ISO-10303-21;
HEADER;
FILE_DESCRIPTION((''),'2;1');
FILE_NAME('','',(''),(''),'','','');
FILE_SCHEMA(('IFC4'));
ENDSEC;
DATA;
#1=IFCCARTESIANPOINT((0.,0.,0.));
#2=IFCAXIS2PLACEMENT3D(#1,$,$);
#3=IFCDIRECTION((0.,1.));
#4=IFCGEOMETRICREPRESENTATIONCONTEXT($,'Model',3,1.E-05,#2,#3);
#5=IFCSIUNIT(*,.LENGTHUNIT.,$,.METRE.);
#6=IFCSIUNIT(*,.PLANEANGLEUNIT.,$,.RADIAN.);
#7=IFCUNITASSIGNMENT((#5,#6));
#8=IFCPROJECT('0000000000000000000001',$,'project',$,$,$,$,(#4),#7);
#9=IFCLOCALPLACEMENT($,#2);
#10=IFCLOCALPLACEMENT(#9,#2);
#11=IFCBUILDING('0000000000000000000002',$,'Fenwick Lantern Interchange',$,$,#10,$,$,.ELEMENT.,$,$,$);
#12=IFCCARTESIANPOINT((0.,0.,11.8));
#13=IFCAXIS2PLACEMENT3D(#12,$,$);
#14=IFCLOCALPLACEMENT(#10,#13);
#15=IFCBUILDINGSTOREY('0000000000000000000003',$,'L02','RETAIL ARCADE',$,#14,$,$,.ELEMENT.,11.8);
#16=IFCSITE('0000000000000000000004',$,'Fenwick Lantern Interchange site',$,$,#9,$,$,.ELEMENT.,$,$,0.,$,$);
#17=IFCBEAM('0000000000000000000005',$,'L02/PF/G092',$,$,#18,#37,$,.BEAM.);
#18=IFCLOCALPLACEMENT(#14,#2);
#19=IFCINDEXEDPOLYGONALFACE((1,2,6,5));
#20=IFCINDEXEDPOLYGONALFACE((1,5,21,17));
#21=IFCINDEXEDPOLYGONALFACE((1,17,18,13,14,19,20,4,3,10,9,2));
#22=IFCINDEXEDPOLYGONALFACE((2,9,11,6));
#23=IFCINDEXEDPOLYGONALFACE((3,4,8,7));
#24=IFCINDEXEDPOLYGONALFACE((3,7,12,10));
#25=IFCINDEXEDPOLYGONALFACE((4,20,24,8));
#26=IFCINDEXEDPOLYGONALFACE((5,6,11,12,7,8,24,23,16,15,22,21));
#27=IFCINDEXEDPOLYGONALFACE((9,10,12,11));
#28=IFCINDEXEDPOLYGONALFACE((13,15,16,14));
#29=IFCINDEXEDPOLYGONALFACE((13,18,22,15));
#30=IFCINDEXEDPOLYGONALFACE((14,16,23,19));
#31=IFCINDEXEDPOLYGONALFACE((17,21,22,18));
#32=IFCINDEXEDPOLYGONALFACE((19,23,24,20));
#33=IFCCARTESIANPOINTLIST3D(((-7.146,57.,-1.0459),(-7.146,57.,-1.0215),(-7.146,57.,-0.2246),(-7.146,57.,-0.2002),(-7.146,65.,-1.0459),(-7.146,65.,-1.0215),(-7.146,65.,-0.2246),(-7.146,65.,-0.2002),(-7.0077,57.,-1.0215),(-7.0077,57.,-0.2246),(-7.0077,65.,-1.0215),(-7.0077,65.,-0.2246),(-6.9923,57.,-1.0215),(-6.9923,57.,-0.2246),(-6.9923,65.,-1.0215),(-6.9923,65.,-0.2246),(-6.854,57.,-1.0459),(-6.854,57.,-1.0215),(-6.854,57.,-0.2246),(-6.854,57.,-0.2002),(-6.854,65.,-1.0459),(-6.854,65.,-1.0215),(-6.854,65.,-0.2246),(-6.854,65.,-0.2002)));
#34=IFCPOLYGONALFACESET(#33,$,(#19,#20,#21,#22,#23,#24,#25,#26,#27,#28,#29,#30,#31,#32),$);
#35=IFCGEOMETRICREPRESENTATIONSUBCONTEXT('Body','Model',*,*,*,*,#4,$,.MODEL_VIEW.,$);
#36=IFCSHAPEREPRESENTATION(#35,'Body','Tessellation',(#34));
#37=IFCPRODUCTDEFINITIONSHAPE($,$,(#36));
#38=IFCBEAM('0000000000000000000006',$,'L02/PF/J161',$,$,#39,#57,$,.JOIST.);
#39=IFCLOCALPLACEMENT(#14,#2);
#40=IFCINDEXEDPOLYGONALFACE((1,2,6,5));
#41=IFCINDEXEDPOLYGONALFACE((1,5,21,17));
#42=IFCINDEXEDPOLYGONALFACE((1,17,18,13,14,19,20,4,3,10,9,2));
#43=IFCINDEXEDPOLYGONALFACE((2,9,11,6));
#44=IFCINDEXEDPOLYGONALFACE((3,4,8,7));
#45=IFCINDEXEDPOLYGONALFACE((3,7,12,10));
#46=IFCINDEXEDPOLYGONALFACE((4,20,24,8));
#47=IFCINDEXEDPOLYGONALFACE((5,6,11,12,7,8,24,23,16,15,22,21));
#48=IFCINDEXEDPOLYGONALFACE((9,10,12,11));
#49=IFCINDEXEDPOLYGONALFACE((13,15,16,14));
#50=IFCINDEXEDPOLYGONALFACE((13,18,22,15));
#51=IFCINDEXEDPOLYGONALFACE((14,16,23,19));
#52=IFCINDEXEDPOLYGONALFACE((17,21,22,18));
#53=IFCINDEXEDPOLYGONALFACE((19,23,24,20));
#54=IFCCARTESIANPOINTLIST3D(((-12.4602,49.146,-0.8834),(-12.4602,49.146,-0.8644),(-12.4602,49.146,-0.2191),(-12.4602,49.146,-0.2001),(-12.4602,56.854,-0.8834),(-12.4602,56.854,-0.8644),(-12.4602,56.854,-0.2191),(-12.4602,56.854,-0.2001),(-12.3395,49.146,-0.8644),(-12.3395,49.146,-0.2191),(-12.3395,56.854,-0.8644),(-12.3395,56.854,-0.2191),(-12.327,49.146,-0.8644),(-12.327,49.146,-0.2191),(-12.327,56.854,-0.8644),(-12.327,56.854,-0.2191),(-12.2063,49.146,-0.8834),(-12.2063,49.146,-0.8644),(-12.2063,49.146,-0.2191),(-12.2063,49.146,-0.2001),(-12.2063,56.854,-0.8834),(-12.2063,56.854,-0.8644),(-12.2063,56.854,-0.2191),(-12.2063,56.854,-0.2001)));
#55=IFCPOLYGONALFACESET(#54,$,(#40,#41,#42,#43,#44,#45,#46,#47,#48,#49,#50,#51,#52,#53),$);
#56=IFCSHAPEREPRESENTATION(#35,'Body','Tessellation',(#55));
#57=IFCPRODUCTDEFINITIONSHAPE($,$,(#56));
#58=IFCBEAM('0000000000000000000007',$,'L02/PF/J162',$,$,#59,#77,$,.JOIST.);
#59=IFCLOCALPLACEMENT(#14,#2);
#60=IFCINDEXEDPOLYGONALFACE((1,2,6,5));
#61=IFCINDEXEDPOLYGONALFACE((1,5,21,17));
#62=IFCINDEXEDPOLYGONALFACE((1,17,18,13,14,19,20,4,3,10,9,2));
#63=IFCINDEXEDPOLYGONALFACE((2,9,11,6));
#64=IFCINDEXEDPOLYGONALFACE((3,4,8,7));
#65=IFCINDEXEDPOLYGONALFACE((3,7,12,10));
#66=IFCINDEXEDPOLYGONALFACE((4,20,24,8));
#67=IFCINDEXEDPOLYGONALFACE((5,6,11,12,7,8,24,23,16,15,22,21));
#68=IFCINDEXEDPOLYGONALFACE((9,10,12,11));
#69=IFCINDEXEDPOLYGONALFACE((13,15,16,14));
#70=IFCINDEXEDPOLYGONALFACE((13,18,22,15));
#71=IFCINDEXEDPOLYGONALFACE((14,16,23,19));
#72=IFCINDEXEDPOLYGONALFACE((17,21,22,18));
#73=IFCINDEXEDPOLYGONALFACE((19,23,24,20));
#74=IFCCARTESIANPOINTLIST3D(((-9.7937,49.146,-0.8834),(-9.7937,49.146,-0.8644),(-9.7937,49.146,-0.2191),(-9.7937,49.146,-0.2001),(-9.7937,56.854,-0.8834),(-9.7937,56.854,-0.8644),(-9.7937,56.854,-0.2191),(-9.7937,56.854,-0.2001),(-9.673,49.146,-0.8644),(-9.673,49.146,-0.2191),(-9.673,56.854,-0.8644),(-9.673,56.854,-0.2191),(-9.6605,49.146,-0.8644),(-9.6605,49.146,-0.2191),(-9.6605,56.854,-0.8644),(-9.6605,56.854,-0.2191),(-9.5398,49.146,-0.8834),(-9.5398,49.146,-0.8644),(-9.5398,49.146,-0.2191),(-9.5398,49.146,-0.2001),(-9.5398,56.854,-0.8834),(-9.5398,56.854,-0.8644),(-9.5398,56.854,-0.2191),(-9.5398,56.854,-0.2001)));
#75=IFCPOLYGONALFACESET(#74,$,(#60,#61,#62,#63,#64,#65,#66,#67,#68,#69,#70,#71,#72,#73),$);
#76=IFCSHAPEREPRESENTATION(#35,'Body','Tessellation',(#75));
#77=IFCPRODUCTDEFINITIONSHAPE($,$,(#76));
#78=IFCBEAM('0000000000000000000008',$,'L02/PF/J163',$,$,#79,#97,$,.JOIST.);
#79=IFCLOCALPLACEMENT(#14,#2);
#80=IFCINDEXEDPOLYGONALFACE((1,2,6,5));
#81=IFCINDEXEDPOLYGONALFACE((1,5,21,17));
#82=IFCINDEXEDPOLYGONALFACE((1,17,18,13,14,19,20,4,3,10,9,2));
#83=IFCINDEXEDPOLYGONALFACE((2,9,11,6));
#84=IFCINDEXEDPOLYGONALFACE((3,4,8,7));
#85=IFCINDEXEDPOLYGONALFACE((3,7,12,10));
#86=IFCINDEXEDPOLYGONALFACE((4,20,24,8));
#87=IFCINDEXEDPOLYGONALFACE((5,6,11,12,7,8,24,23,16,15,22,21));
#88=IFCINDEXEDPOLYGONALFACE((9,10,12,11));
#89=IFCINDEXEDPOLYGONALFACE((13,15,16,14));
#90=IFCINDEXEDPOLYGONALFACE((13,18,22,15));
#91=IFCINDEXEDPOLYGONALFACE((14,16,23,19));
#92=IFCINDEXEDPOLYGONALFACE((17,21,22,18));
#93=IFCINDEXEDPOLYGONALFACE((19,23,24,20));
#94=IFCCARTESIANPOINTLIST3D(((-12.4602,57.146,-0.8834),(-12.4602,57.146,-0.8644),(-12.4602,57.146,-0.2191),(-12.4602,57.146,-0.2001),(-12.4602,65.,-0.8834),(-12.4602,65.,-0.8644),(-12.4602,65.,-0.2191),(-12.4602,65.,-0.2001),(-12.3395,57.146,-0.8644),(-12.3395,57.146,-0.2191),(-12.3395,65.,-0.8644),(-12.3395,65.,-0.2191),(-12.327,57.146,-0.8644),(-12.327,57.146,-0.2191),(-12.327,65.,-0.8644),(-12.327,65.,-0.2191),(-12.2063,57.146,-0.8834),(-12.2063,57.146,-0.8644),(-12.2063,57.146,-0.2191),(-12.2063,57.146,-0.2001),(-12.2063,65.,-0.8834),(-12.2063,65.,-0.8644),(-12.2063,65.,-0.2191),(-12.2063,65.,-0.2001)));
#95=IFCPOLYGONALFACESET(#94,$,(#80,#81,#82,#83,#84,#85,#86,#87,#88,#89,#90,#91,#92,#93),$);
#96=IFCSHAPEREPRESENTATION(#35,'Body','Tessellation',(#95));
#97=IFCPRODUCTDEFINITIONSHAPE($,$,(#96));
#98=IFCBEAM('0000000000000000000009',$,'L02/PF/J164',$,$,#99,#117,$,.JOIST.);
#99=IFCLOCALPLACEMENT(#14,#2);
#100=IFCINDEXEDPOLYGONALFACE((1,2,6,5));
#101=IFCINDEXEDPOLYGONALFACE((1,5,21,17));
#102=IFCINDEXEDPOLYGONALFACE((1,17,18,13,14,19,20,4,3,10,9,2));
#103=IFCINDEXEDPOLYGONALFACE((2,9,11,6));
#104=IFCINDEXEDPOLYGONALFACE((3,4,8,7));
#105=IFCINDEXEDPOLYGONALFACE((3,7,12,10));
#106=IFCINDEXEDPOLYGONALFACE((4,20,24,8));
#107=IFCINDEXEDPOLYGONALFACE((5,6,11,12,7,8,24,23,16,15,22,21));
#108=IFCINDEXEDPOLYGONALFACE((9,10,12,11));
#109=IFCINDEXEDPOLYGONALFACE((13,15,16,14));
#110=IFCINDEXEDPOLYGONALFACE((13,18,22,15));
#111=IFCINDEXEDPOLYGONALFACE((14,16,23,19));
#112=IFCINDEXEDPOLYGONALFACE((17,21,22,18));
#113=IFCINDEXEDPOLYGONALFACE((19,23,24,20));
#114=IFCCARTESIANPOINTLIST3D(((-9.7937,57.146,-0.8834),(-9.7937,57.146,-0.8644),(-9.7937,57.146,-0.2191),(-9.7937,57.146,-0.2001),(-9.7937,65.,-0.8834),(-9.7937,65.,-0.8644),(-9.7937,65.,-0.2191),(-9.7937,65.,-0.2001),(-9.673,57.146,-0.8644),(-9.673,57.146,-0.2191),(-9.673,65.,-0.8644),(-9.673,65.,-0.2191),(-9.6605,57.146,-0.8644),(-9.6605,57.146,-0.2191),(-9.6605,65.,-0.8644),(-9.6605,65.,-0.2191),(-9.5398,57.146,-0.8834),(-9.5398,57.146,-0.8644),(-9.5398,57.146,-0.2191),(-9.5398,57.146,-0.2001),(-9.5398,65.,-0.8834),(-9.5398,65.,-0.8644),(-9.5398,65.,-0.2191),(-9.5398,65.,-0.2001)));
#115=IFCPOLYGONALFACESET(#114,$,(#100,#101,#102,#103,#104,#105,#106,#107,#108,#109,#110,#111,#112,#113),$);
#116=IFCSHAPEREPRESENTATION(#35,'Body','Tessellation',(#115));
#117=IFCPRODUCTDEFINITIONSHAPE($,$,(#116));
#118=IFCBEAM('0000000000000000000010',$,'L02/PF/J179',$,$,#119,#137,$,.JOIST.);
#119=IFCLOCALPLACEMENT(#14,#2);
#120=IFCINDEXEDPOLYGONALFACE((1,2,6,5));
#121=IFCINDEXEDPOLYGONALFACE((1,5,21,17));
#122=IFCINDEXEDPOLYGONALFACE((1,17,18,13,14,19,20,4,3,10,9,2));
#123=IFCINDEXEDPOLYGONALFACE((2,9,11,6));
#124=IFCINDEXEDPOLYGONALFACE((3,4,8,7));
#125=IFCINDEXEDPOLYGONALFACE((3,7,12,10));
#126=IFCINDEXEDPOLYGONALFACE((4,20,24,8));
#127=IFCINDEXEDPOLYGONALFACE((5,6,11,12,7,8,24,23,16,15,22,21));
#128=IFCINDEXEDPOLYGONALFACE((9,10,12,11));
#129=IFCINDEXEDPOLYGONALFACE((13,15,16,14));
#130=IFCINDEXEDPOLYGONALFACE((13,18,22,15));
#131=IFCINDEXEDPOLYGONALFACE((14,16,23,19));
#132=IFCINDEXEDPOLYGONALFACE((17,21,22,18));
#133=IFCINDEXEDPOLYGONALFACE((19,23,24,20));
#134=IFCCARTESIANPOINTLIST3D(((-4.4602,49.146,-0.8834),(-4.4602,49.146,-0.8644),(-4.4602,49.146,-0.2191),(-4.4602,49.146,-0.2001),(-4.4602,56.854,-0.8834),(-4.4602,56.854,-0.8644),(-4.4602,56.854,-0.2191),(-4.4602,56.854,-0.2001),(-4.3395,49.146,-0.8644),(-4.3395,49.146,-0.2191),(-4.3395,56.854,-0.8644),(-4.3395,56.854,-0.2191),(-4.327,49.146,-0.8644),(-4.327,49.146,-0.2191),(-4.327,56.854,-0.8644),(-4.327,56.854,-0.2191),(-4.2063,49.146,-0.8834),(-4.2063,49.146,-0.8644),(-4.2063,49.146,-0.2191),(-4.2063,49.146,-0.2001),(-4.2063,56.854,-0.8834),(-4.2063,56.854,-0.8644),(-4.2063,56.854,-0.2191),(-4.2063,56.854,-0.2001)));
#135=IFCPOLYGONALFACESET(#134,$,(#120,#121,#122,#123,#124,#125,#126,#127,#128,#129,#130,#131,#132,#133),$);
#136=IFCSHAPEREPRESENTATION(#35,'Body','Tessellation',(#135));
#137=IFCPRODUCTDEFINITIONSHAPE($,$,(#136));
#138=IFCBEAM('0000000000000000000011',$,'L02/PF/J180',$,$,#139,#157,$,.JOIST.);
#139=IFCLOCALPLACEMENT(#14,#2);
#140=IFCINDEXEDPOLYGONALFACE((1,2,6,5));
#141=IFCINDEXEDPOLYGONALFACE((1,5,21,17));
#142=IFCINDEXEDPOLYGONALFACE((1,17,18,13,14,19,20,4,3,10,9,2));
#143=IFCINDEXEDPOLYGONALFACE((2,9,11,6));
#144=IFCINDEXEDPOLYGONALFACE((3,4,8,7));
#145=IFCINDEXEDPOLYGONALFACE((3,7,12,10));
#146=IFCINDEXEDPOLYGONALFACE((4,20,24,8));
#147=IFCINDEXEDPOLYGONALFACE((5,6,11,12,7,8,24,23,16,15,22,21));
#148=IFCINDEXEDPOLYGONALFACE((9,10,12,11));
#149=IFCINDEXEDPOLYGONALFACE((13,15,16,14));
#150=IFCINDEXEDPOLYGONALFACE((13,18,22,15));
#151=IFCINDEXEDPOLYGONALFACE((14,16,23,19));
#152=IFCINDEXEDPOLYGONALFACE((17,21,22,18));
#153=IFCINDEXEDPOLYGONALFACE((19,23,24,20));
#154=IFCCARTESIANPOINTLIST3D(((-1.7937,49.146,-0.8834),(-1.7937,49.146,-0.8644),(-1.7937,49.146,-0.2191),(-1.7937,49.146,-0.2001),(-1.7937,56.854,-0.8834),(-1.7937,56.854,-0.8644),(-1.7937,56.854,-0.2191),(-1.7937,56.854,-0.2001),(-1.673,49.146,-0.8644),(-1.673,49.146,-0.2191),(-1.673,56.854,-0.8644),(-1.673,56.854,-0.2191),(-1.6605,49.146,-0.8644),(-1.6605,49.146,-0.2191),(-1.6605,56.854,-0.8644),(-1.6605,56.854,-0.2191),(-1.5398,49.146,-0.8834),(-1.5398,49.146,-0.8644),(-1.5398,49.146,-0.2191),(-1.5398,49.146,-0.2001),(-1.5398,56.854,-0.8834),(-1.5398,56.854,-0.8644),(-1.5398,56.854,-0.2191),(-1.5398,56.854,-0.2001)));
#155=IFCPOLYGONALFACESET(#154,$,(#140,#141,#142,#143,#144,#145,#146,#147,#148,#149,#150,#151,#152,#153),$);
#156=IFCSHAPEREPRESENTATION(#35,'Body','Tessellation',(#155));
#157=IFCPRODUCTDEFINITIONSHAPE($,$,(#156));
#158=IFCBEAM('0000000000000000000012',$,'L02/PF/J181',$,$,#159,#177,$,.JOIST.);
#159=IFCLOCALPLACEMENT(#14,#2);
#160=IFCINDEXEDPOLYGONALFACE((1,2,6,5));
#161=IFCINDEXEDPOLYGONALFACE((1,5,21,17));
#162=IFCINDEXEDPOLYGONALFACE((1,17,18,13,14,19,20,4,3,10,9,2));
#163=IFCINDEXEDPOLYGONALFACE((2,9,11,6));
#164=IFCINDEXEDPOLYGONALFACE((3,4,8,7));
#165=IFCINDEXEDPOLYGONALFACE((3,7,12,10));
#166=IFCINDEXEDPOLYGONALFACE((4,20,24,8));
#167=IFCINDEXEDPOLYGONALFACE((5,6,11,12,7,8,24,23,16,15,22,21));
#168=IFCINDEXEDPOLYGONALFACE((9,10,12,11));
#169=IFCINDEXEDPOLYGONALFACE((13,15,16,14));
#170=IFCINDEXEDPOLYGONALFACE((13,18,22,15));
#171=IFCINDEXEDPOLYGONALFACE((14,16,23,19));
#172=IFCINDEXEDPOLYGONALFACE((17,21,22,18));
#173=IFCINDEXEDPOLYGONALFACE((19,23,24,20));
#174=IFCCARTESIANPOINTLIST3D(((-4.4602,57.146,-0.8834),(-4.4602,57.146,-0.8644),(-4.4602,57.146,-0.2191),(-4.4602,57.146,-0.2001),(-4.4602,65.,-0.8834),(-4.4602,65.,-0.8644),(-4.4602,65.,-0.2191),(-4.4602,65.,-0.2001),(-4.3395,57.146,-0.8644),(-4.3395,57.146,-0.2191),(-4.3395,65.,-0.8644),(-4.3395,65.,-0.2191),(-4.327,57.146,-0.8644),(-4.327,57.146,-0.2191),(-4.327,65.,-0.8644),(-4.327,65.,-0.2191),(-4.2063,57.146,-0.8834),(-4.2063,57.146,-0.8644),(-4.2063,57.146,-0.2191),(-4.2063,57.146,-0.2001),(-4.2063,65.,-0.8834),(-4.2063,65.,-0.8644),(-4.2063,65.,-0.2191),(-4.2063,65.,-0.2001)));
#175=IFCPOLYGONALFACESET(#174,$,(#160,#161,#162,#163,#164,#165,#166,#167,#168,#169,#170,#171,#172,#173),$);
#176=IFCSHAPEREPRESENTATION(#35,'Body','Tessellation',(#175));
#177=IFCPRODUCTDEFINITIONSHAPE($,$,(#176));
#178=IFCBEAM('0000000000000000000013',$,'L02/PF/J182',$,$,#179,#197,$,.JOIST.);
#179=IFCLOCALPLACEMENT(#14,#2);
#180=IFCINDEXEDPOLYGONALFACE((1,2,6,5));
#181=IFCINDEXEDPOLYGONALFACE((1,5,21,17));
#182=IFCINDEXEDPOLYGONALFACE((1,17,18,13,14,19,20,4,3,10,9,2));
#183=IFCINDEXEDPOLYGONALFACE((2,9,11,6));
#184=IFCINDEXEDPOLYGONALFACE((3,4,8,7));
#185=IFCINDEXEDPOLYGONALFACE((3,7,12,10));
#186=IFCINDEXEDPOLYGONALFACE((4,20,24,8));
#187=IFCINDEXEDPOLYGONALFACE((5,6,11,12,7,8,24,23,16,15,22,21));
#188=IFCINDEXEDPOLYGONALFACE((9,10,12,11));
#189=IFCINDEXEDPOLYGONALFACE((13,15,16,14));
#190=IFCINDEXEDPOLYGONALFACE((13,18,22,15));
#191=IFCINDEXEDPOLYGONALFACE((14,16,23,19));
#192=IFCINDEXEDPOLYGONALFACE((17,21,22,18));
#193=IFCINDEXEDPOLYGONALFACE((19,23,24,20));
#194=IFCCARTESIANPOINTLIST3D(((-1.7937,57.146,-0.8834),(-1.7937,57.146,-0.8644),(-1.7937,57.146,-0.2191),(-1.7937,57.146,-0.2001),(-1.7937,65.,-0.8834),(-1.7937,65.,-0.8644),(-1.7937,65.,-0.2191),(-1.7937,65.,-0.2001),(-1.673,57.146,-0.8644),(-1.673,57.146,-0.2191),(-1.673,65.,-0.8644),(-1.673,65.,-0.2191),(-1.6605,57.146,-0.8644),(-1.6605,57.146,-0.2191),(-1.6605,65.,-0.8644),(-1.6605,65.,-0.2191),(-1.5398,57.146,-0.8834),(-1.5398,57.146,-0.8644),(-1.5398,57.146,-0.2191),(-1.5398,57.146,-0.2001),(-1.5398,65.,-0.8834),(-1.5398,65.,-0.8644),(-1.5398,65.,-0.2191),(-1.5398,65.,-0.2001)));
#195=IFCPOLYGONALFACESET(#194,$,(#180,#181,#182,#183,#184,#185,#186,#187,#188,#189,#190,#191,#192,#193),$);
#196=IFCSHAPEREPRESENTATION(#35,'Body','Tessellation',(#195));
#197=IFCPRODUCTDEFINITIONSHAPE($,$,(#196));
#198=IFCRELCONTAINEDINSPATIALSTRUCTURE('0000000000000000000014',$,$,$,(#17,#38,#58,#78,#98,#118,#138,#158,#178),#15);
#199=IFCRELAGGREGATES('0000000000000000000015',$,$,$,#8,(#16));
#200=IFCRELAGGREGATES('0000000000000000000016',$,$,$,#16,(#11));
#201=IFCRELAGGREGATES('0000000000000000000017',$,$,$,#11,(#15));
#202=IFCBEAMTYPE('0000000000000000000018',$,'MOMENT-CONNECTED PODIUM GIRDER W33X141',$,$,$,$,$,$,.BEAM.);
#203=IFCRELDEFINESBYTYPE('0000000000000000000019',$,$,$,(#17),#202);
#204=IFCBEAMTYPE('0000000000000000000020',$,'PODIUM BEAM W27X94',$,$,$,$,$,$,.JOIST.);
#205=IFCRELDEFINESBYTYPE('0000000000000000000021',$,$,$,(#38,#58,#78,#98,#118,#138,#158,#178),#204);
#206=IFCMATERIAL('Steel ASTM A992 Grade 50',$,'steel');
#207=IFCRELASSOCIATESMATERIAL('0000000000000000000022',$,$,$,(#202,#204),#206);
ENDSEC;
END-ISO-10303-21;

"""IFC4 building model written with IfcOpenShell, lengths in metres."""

from ifc_helpers import new_model, si_unit, direction, frame, origin, origin_2d, place, context, subcontext, project, spatial, i_section, extrude, material, material_profile, profile_set, type_object, element, save


model = new_model("IFC4")

# Units and contexts
model_context = context("Model", 3, precision=1e-05, world=origin(), true_north=direction((0.0, 1.0)))
body_context = subcontext(model_context, "Body", "Model", "MODEL_VIEW")
ifc_project = project(units=[si_unit("LENGTHUNIT", "METRE"), si_unit("PLANEANGLEUNIT", "RADIAN")], contexts=[model_context])

# Site, building, storey
site_placement = place(None, origin())
site = spatial("IfcSite", under=ifc_project, at=site_placement, Name="Fenwick Lantern Interchange site", CompositionType="ELEMENT", RefElevation=0.0)
building_placement = place(site_placement, origin())
building = spatial("IfcBuilding", under=site, at=building_placement, Name="Fenwick Lantern Interchange", CompositionType="ELEMENT")
storey_placement = place(building_placement, frame((0.0, 0.0, 11.8)))
storey = spatial("IfcBuildingStorey", under=building, at=storey_placement, Name="L02", Description="RETAIL ARCADE", CompositionType="ELEMENT", Elevation=11.8)

# Shared definitions
ifc_material_1 = material(Name="Steel ASTM A992 Grade 50", Category="steel")

# Beams
ifc_material_profile_1 = material_profile(ifc_material_1, i_section(OverallWidth=0.292, OverallDepth=0.8457, WebThickness=0.0154, FlangeThickness=0.0244, at=origin_2d()), Name="W33X141")
ifc_profile_set_1 = profile_set([ifc_material_profile_1], Name="Steel ASTM A992 Grade 50")
beam_type_1 = type_object("IfcBeamType", Name="MOMENT-CONNECTED PODIUM GIRDER W33X141", PredefinedType="BEAM", material=ifc_profile_set_1)
for number, where, z_axis, x_axis, name in (
    (1, (-7.0, 57.0, -0.623), (0.0, 1.0, 0.0), (-1.0, 0.0, 0.0), "L02/PF/G092"),
):
    element("IfcBeam", number, at=place(storey_placement, frame(where, z_axis=z_axis, x_axis=x_axis)), inside=storey, type_object=beam_type_1, Name=name, PredefinedType="BEAM", context=body_context, shape_type="SweptSolid", body=[
        extrude(i_section(OverallWidth=0.292, OverallDepth=0.8457, WebThickness=0.0154, FlangeThickness=0.0244, at=origin_2d()), origin(), (0.0, 0.0, 1.0), 8.0),
    ])
ifc_material_profile_2 = material_profile(ifc_material_1, i_section(OverallWidth=0.2539, OverallDepth=0.6833, WebThickness=0.0125, FlangeThickness=0.019, at=origin_2d()), Name="W27X94")
ifc_profile_set_2 = profile_set([ifc_material_profile_2], Name="Steel ASTM A992 Grade 50")
beam_type_2 = type_object("IfcBeamType", Name="PODIUM BEAM W27X94", PredefinedType="JOIST", material=ifc_profile_set_2)
for number, where, z_axis, x_axis, name in (
    (2, (-12.3333, 49.146, -0.5417), (0.0, 1.0, 0.0), (-1.0, 0.0, 0.0), "L02/PF/J161"),
    (3, (-9.6667, 49.146, -0.5417), (0.0, 1.0, 0.0), (-1.0, 0.0, 0.0), "L02/PF/J162"),
):
    element("IfcBeam", number, at=place(storey_placement, frame(where, z_axis=z_axis, x_axis=x_axis)), inside=storey, type_object=beam_type_2, Name=name, PredefinedType="JOIST", context=body_context, shape_type="SweptSolid", body=[
        extrude(i_section(OverallWidth=0.2539, OverallDepth=0.6833, WebThickness=0.0125, FlangeThickness=0.019, at=origin_2d()), origin(), (0.0, 0.0, 1.0), 7.708),
    ])
for number, where, z_axis, x_axis, name in (
    (4, (-12.3333, 57.146, -0.5417), (0.0, 1.0, 0.0), (-1.0, 0.0, 0.0), "L02/PF/J163"),
    (5, (-9.6667, 57.146, -0.5417), (0.0, 1.0, 0.0), (-1.0, 0.0, 0.0), "L02/PF/J164"),
):
    element("IfcBeam", number, at=place(storey_placement, frame(where, z_axis=z_axis, x_axis=x_axis)), inside=storey, type_object=beam_type_2, Name=name, PredefinedType="JOIST", context=body_context, shape_type="SweptSolid", body=[
        extrude(i_section(OverallWidth=0.2539, OverallDepth=0.6833, WebThickness=0.0125, FlangeThickness=0.019, at=origin_2d()), origin(), (0.0, 0.0, 1.0), 7.854),
    ])
for number, where, z_axis, x_axis, name in (
    (6, (-4.3333, 49.146, -0.5417), (0.0, 1.0, 0.0), (-1.0, 0.0, 0.0), "L02/PF/J179"),
    (7, (-1.6667, 49.146, -0.5417), (0.0, 1.0, 0.0), (-1.0, 0.0, 0.0), "L02/PF/J180"),
):
    element("IfcBeam", number, at=place(storey_placement, frame(where, z_axis=z_axis, x_axis=x_axis)), inside=storey, type_object=beam_type_2, Name=name, PredefinedType="JOIST", context=body_context, shape_type="SweptSolid", body=[
        extrude(i_section(OverallWidth=0.2539, OverallDepth=0.6833, WebThickness=0.0125, FlangeThickness=0.019, at=origin_2d()), origin(), (0.0, 0.0, 1.0), 7.708),
    ])
for number, where, z_axis, x_axis, name in (
    (8, (-4.3333, 57.146, -0.5417), (0.0, 1.0, 0.0), (-1.0, 0.0, 0.0), "L02/PF/J181"),
    (9, (-1.6667, 57.146, -0.5417), (0.0, 1.0, 0.0), (-1.0, 0.0, 0.0), "L02/PF/J182"),
):
    element("IfcBeam", number, at=place(storey_placement, frame(where, z_axis=z_axis, x_axis=x_axis)), inside=storey, type_object=beam_type_2, Name=name, PredefinedType="JOIST", context=body_context, shape_type="SweptSolid", body=[
        extrude(i_section(OverallWidth=0.2539, OverallDepth=0.6833, WebThickness=0.0125, FlangeThickness=0.019, at=origin_2d()), origin(), (0.0, 0.0, 1.0), 7.854),
    ])

save(model, "model.ifc")
